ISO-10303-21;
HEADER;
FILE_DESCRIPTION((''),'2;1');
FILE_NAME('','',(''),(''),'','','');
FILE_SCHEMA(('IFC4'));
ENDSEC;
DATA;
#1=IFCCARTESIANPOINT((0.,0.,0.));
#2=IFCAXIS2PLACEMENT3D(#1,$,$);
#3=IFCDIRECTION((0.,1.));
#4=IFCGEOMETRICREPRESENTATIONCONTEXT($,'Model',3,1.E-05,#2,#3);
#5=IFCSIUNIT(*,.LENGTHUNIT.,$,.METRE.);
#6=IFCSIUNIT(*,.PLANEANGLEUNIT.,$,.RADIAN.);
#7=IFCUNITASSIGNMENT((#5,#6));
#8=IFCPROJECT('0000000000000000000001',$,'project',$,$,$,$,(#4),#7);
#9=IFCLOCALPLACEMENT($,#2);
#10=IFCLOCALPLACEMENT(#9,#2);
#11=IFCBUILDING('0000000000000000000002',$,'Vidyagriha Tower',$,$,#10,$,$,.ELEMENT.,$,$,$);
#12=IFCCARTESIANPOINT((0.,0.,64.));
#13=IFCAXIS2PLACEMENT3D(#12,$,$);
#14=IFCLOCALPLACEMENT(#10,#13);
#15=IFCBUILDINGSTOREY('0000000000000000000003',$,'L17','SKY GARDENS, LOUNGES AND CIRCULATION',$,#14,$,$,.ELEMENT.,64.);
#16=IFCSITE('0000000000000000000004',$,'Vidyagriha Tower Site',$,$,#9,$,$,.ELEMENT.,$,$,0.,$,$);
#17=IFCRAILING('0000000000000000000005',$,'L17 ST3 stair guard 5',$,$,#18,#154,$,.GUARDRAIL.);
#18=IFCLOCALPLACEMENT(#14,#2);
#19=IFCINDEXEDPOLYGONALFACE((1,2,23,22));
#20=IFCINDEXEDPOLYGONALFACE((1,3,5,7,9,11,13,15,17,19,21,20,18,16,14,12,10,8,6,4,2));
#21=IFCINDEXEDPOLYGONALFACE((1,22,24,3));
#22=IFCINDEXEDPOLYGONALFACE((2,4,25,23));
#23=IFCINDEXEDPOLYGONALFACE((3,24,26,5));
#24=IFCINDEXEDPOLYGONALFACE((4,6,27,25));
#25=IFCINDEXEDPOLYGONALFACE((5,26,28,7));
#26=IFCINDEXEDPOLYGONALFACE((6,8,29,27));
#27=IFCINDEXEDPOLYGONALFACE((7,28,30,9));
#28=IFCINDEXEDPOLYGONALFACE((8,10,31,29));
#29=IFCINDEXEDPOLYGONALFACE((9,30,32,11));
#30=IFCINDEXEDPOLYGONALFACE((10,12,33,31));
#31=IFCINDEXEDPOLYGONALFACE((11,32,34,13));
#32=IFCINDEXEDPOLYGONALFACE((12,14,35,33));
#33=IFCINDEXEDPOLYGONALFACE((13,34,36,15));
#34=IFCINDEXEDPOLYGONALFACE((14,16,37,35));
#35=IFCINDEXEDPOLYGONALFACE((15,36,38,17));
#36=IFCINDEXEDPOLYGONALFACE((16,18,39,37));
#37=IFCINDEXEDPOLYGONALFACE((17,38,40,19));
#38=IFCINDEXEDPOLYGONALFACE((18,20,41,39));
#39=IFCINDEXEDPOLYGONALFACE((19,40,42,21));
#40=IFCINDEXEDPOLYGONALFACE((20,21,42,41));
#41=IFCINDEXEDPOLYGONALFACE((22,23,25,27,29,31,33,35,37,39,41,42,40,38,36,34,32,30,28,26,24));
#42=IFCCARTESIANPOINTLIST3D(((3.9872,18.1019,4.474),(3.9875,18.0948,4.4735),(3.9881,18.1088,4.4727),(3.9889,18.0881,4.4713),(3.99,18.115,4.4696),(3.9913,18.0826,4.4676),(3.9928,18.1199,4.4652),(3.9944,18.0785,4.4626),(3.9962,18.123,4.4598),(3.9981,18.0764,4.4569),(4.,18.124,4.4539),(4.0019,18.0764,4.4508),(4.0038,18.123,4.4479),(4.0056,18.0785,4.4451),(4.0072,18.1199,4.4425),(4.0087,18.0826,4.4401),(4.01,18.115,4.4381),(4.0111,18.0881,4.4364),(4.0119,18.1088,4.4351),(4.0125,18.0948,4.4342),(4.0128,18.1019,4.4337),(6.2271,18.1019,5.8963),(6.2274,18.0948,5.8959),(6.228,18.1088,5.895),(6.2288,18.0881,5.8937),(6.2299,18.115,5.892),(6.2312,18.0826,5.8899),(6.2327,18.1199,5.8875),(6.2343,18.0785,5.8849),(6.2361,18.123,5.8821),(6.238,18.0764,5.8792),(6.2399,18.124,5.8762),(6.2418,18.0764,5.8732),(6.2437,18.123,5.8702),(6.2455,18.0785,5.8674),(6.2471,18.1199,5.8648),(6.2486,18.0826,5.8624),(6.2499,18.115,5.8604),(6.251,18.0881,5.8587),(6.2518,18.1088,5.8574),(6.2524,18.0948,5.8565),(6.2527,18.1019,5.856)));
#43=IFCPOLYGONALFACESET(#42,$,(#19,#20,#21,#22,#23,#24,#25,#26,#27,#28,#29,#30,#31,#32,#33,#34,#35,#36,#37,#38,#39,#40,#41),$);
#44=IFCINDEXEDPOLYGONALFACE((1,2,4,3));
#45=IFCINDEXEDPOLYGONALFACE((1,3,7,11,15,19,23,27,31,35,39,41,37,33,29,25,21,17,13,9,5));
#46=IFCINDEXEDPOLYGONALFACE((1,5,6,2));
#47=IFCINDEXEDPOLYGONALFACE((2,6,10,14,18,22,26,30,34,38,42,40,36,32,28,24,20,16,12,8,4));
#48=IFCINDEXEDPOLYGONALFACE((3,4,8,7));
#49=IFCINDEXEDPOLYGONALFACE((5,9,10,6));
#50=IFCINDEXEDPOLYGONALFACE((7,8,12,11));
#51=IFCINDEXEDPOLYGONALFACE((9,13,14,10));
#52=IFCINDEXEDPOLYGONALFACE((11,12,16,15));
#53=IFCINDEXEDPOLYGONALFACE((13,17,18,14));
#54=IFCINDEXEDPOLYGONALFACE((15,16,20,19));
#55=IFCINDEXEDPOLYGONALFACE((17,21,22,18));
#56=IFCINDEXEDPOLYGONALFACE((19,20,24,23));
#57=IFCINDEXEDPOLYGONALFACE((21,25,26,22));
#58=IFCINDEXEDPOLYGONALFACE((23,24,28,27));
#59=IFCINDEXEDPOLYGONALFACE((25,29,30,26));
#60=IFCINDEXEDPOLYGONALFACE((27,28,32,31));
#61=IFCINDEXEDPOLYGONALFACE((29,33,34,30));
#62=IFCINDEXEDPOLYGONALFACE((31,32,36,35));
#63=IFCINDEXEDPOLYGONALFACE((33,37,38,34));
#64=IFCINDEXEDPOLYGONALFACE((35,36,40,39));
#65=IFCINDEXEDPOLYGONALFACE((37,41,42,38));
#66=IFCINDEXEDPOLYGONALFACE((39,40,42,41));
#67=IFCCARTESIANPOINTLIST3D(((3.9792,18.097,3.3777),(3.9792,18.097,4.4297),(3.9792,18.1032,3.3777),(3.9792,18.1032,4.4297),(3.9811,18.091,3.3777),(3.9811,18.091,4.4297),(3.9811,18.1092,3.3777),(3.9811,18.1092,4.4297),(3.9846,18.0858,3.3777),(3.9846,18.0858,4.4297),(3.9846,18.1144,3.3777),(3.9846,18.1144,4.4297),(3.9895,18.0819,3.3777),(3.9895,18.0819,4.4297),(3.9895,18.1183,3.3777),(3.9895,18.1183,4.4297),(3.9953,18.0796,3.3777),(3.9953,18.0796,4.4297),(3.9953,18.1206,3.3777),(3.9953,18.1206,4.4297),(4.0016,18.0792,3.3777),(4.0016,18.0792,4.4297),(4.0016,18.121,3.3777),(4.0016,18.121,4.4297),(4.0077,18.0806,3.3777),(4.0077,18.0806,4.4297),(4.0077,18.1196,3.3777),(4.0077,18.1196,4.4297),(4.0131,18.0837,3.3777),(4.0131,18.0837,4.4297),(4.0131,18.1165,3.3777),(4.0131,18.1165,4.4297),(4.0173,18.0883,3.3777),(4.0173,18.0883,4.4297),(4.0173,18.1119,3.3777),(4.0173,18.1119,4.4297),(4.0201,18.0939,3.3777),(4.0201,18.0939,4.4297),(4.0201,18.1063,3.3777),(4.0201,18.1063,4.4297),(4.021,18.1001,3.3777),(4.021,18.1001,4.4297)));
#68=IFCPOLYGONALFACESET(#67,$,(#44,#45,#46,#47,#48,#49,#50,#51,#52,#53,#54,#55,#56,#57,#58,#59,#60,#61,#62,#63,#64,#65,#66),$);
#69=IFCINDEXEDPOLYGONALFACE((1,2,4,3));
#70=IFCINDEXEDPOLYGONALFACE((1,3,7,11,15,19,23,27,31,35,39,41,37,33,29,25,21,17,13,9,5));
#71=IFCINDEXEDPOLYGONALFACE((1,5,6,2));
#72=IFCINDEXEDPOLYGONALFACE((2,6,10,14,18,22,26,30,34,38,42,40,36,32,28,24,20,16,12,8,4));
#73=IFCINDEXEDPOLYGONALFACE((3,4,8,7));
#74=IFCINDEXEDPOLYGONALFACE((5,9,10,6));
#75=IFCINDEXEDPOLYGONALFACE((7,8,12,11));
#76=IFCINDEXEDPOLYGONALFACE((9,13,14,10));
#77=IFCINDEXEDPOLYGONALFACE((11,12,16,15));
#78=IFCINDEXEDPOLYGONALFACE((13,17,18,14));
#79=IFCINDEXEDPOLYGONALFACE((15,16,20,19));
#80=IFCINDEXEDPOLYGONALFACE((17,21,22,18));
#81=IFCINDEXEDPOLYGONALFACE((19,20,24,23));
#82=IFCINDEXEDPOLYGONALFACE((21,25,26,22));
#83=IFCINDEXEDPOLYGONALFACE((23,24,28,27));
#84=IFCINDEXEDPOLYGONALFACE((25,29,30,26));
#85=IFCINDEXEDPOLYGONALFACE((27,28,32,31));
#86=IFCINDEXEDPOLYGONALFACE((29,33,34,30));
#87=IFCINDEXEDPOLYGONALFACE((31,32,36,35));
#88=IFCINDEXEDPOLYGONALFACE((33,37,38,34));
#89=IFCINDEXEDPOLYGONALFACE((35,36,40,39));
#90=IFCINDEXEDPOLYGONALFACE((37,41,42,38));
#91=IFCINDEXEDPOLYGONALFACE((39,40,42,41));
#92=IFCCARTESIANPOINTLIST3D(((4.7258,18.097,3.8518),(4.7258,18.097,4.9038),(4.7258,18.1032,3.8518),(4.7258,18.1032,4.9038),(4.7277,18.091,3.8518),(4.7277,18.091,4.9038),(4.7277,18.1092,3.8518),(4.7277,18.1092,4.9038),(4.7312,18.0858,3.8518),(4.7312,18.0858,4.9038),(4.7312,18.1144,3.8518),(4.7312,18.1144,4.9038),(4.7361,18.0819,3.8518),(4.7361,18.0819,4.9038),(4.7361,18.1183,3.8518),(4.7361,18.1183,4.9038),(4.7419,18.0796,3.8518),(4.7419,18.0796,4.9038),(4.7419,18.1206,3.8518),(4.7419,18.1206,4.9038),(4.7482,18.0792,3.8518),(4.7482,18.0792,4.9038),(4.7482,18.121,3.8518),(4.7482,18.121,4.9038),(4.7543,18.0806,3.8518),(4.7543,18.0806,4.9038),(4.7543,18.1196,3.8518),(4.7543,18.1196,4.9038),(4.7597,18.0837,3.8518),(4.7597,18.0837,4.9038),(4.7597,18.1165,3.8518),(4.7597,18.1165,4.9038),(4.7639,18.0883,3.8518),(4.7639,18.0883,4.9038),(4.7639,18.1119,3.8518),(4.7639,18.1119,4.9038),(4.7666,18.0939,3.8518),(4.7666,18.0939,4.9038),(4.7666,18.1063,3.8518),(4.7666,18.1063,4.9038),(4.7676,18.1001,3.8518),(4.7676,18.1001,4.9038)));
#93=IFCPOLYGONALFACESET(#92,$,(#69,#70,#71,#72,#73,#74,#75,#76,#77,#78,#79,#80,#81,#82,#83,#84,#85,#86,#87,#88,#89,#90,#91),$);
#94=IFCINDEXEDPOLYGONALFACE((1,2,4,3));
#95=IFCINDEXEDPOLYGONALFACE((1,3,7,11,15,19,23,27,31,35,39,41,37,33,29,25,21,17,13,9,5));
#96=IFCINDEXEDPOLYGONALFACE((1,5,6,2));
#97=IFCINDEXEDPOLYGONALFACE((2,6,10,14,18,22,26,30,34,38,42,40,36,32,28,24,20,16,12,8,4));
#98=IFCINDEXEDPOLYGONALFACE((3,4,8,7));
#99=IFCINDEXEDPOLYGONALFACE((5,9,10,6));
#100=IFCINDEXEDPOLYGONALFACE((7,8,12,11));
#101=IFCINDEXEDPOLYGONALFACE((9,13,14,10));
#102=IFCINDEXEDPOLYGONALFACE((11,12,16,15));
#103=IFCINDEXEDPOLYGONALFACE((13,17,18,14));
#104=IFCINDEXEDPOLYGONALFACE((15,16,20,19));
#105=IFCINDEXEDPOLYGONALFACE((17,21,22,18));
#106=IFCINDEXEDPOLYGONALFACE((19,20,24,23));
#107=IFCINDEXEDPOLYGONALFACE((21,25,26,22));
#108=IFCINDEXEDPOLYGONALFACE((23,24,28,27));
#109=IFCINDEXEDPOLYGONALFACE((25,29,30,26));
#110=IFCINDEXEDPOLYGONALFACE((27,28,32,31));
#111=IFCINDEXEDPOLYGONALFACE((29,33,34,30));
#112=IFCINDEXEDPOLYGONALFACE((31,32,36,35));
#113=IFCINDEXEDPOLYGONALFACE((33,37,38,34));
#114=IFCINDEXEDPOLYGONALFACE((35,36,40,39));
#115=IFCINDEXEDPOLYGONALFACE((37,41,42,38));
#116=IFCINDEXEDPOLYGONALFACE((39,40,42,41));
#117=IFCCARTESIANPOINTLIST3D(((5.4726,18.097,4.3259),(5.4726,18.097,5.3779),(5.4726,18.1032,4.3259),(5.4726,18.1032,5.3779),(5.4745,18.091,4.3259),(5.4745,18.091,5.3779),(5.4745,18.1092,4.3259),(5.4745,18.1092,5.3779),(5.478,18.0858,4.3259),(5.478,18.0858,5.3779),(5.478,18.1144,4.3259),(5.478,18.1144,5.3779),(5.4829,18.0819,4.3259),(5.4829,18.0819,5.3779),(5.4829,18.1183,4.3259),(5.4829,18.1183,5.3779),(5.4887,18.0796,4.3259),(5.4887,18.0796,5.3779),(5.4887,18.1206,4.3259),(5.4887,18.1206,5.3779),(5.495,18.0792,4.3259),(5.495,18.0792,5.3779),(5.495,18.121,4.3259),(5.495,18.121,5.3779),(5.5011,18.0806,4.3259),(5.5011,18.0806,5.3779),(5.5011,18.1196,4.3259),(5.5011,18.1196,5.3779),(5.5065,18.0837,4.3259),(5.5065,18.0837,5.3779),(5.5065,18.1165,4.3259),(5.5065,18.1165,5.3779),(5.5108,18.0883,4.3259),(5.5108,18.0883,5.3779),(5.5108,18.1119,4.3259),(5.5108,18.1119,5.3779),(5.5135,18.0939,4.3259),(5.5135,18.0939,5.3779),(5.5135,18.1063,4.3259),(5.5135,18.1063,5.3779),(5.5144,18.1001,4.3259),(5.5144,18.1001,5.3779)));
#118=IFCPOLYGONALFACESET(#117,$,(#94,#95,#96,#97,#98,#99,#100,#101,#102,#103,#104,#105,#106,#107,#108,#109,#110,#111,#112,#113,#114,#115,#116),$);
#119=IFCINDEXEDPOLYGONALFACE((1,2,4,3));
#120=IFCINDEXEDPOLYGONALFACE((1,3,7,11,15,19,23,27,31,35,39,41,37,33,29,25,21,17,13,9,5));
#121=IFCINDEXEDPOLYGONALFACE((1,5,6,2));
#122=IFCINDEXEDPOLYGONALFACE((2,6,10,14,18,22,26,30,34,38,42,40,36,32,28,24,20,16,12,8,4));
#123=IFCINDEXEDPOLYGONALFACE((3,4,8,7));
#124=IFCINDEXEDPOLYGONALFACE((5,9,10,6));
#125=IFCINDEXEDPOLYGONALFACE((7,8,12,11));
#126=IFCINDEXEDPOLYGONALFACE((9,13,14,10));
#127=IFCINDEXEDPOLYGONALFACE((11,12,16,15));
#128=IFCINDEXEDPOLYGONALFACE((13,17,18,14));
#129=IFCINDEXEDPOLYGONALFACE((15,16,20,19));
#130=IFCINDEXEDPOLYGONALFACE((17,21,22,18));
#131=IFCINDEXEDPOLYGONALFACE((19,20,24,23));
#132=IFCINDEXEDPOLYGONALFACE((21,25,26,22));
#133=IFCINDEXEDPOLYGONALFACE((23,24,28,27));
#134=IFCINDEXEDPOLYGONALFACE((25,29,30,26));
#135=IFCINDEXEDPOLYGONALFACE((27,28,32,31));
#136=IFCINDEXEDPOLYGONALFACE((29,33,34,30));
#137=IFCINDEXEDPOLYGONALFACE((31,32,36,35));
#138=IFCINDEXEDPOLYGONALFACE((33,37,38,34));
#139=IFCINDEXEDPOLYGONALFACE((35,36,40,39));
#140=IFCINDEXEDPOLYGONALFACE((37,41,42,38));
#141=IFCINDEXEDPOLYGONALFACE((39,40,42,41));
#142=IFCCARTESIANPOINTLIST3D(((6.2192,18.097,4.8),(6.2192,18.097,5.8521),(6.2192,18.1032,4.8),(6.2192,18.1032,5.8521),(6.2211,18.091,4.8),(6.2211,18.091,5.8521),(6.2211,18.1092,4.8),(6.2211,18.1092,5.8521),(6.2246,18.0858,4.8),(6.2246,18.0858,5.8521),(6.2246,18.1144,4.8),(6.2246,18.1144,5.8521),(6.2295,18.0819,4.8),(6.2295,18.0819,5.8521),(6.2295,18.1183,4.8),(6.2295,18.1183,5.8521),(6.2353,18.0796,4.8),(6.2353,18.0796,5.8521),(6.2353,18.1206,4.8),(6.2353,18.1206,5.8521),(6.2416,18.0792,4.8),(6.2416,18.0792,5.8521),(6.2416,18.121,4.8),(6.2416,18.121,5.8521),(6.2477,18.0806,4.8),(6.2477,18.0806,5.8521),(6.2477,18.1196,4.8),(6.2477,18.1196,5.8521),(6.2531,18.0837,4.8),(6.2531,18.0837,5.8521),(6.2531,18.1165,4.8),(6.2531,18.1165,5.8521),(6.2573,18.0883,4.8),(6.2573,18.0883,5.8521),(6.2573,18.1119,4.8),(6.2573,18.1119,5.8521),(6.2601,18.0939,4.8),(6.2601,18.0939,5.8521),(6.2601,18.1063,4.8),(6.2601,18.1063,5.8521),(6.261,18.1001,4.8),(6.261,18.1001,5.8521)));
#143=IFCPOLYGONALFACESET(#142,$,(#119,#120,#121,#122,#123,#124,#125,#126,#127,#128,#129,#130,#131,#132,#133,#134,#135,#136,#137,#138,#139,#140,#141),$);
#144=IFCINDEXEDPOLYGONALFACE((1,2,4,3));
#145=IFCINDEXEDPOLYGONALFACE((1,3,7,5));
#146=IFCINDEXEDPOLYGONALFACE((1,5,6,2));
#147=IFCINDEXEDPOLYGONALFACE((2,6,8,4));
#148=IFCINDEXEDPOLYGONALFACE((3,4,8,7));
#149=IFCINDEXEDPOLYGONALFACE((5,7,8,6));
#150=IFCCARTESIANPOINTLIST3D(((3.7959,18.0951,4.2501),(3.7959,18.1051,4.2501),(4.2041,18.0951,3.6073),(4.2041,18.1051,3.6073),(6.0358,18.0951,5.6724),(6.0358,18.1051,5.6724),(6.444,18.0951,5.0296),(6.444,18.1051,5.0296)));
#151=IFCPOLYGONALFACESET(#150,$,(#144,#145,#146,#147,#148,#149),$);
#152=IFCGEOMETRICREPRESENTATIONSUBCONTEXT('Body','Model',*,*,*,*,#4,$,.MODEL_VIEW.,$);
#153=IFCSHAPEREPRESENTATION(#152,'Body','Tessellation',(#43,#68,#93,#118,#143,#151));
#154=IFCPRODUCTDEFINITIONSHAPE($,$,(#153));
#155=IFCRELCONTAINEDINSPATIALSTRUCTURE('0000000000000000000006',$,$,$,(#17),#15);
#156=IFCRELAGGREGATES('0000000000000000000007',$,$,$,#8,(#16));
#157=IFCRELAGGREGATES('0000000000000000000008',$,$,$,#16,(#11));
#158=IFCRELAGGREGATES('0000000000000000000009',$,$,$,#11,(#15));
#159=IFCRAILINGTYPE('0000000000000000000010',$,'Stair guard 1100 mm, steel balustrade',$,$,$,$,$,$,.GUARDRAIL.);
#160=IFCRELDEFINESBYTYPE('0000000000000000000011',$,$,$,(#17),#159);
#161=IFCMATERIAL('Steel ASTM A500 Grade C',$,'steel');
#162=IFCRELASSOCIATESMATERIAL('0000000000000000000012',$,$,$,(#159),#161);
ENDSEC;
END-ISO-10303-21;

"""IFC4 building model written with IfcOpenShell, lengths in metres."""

from ifc_helpers import new_model, si_unit, direction, frame, origin, origin_2d, place, context, subcontext, project, spatial, rectangle, circle, extrude, material, type_object, element, save


model = new_model("IFC4")

# Units and contexts
model_context = context("Model", 3, precision=1e-05, world=origin(), true_north=direction((0.0, 1.0)))
body_context = subcontext(model_context, "Body", "Model", "MODEL_VIEW")
ifc_project = project(units=[si_unit("LENGTHUNIT", "METRE"), si_unit("PLANEANGLEUNIT", "RADIAN")], contexts=[model_context])

# Site, building, storey
site_placement = place(None, origin())
site = spatial("IfcSite", under=ifc_project, at=site_placement, Name="Vidyagriha Tower Site", CompositionType="ELEMENT", RefElevation=0.0)
building_placement = place(site_placement, origin())
building = spatial("IfcBuilding", under=site, at=building_placement, Name="Vidyagriha Tower", CompositionType="ELEMENT")
storey_placement = place(building_placement, frame((0.0, 0.0, 64.0)))
storey = spatial("IfcBuildingStorey", under=building, at=storey_placement, Name="L17", Description="SKY GARDENS, LOUNGES AND CIRCULATION", CompositionType="ELEMENT", Elevation=64.0)

# Railing
ifc_material_1 = material(Name="Steel ASTM A500 Grade C", Category="steel")
railing_type_1 = type_object("IfcRailingType", Name="Stair guard 1100 mm, steel balustrade", PredefinedType="GUARDRAIL", material=ifc_material_1)
railing_1_placement = place(storey_placement, frame((4.0, 18.1001, 3.3777)))
element("IfcRailing", 1, at=railing_1_placement, inside=storey, type_object=railing_type_1, Name="L17 ST3 stair guard 5", PredefinedType="GUARDRAIL", context=body_context, shape_type="SweptSolid", body=[
    extrude(circle(Radius=0.0239, at=origin_2d()), frame((0.0, 0.0, 1.0762), z_axis=(0.844188, 0.0, 0.536048), x_axis=(0.0, 1.0, 0.0)), (0.0, 0.0, 1.0), 2.6533),
    extrude(circle(Radius=0.021, at=origin_2d()), origin(), (0.0, 0.0, 1.0), 1.052),
    extrude(circle(Radius=0.021, at=origin_2d()), frame((0.7466, 0.0, 0.4741)), (0.0, 0.0, 1.0), 1.052),
    extrude(circle(Radius=0.021, at=origin_2d()), frame((1.4934, 0.0, 0.9482)), (0.0, 0.0, 1.0), 1.052),
    extrude(circle(Radius=0.021, at=origin_2d()), frame((2.24, 0.0, 1.4224)), (0.0, 0.0, 1.0), 1.052),
    extrude(rectangle(XDim=0.01, YDim=0.7615, at=origin_2d()), frame((0.0, 0.0, 0.551), z_axis=(0.844188, 0.0, 0.536048), x_axis=(0.0, 1.0, 0.0)), (0.0, 0.0, 1.0), 2.6533),
])

save(model, "model.ifc")
